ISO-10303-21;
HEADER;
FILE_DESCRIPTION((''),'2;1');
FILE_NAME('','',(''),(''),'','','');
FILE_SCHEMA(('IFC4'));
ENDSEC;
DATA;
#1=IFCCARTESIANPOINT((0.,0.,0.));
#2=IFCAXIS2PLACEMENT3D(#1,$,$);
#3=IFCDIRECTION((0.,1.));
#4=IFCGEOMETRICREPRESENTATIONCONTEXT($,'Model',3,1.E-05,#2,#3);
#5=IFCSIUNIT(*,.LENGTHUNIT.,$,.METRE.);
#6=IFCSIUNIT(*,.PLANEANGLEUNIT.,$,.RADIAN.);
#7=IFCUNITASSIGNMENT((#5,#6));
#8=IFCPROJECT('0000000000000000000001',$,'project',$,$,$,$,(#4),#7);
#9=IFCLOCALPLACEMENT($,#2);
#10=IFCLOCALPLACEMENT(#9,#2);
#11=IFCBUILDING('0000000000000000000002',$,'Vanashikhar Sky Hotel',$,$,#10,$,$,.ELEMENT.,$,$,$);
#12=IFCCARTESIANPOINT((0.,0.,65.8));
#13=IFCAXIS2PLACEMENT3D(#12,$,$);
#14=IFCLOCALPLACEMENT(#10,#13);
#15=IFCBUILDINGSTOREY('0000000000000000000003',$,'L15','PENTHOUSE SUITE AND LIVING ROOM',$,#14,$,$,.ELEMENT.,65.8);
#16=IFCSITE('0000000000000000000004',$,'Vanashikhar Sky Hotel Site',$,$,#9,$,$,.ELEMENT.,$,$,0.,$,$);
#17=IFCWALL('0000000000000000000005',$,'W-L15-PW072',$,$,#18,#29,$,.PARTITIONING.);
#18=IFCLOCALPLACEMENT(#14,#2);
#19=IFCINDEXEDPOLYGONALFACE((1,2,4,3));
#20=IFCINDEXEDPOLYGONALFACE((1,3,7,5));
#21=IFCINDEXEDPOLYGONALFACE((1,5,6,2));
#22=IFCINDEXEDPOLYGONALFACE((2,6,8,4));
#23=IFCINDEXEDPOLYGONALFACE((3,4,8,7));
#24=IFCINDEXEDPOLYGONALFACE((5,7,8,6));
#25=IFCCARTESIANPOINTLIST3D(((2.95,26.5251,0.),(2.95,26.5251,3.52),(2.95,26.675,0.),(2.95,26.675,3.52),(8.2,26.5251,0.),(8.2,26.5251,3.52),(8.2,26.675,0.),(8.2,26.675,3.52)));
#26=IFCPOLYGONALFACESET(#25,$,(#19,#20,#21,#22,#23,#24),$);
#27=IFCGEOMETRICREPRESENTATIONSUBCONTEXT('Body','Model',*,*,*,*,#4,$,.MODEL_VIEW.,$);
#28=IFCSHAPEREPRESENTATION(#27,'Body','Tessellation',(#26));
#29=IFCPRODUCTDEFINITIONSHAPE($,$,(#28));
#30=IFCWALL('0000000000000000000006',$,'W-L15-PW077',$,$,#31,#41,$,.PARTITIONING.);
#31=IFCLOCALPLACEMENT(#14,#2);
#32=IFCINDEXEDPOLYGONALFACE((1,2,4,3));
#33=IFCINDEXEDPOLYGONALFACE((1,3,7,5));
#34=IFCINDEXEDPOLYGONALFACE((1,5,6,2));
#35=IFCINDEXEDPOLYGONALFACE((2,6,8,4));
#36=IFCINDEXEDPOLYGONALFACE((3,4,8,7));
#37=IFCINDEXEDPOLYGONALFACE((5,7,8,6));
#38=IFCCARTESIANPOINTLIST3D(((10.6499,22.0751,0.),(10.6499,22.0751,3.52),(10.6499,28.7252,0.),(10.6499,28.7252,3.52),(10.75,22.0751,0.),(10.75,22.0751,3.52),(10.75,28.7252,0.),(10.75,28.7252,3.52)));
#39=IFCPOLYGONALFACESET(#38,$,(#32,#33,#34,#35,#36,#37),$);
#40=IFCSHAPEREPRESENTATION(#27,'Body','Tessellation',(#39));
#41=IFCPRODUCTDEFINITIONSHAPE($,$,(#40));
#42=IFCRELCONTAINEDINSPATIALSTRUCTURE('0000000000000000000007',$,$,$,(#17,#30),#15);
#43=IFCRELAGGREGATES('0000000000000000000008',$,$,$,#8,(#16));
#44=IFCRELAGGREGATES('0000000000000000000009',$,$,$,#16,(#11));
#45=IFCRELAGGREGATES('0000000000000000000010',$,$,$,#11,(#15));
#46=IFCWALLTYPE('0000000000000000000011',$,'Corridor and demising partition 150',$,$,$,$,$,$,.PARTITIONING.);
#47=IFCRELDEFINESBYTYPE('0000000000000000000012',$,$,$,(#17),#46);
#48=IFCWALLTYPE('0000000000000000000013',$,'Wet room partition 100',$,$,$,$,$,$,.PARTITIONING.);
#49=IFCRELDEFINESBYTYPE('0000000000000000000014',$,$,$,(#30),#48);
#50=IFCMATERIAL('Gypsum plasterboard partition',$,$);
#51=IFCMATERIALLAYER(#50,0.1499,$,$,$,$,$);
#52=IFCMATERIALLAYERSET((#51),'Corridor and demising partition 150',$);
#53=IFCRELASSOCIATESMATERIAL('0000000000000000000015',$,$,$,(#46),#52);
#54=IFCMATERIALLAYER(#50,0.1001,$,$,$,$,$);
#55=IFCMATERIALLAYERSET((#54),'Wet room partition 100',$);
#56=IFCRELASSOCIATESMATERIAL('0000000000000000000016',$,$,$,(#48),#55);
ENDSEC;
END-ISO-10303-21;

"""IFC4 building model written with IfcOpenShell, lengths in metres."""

from ifc_helpers import new_model, si_unit, direction, frame, frame_2d, origin, place, context, subcontext, project, spatial, rectangle, extrude, source, transform, mapped, material, layer, layer_set, type_object, element, save


model = new_model("IFC4")

# Units and contexts
model_context = context("Model", 3, precision=1e-05, world=origin(), true_north=direction((0.0, 1.0)))
body_context = subcontext(model_context, "Body", "Model", "MODEL_VIEW")
ifc_project = project(units=[si_unit("LENGTHUNIT", "METRE"), si_unit("PLANEANGLEUNIT", "RADIAN")], contexts=[model_context])

# Site, building, storey
site_placement = place(None, origin())
site = spatial("IfcSite", under=ifc_project, at=site_placement, Name="Vanashikhar Sky Hotel Site", CompositionType="ELEMENT", RefElevation=0.0)
building_placement = place(site_placement, origin())
building = spatial("IfcBuilding", under=site, at=building_placement, Name="Vanashikhar Sky Hotel", CompositionType="ELEMENT")
storey_placement = place(building_placement, frame((0.0, 0.0, 65.8)))
storey = spatial("IfcBuildingStorey", under=building, at=storey_placement, Name="L15", Description="PENTHOUSE SUITE AND LIVING ROOM", CompositionType="ELEMENT", Elevation=65.8)

# Shared definitions
ifc_material_1 = material(Name="Gypsum plasterboard partition")
ifc_layer_1 = layer(ifc_material_1, 0.1499)
ifc_layer_set_1 = layer_set([ifc_layer_1], Name="Corridor and demising partition 150")
wall_type_1 = type_object("IfcWallType", Name="Corridor and demising partition 150", PredefinedType="PARTITIONING", material=ifc_layer_set_1)

# Walls
shared_shape_1 = source(origin(), body_context, "Body", "SweptSolid", [
    extrude(rectangle(XDim=5.25, YDim=0.1499, at=frame_2d((2.625, 0.0))), origin(), (0.0, 0.0, 1.0), 3.52),
])
wall_1_placement = place(storey_placement, frame((2.95, 26.6001, 0.0), z_axis=(0.0, 0.0, 1.0), x_axis=(1.0, 0.0, 0.0)))
element("IfcWall", 1, at=wall_1_placement, inside=storey, type_object=wall_type_1, Name="W-L15-PW072", PredefinedType="PARTITIONING", context=body_context, shape_type="MappedRepresentation", body=[
    mapped(shared_shape_1, transform((0.0, 0.0, 0.0), scale=1.0)),
])
ifc_layer_2 = layer(ifc_material_1, 0.1001)
ifc_layer_set_2 = layer_set([ifc_layer_2], Name="Wet room partition 100")
wall_type_2 = type_object("IfcWallType", Name="Wet room partition 100", PredefinedType="PARTITIONING", material=ifc_layer_set_2)
shared_shape_2 = source(origin(), body_context, "Body", "SweptSolid", [
    extrude(rectangle(XDim=6.6501, YDim=0.1001, at=frame_2d((3.3252, 0.0))), origin(), (0.0, 0.0, 1.0), 3.52),
])
wall_2_placement = place(storey_placement, frame((10.7, 22.075, 0.0), z_axis=(0.0, 0.0, 1.0), x_axis=(0.0, 1.0, 0.0)))
element("IfcWall", 2, at=wall_2_placement, inside=storey, type_object=wall_type_2, Name="W-L15-PW077", PredefinedType="PARTITIONING", context=body_context, shape_type="MappedRepresentation", body=[
    mapped(shared_shape_2, transform((0.0, 0.0, 0.0), scale=1.0)),
])

save(model, "model.ifc")
